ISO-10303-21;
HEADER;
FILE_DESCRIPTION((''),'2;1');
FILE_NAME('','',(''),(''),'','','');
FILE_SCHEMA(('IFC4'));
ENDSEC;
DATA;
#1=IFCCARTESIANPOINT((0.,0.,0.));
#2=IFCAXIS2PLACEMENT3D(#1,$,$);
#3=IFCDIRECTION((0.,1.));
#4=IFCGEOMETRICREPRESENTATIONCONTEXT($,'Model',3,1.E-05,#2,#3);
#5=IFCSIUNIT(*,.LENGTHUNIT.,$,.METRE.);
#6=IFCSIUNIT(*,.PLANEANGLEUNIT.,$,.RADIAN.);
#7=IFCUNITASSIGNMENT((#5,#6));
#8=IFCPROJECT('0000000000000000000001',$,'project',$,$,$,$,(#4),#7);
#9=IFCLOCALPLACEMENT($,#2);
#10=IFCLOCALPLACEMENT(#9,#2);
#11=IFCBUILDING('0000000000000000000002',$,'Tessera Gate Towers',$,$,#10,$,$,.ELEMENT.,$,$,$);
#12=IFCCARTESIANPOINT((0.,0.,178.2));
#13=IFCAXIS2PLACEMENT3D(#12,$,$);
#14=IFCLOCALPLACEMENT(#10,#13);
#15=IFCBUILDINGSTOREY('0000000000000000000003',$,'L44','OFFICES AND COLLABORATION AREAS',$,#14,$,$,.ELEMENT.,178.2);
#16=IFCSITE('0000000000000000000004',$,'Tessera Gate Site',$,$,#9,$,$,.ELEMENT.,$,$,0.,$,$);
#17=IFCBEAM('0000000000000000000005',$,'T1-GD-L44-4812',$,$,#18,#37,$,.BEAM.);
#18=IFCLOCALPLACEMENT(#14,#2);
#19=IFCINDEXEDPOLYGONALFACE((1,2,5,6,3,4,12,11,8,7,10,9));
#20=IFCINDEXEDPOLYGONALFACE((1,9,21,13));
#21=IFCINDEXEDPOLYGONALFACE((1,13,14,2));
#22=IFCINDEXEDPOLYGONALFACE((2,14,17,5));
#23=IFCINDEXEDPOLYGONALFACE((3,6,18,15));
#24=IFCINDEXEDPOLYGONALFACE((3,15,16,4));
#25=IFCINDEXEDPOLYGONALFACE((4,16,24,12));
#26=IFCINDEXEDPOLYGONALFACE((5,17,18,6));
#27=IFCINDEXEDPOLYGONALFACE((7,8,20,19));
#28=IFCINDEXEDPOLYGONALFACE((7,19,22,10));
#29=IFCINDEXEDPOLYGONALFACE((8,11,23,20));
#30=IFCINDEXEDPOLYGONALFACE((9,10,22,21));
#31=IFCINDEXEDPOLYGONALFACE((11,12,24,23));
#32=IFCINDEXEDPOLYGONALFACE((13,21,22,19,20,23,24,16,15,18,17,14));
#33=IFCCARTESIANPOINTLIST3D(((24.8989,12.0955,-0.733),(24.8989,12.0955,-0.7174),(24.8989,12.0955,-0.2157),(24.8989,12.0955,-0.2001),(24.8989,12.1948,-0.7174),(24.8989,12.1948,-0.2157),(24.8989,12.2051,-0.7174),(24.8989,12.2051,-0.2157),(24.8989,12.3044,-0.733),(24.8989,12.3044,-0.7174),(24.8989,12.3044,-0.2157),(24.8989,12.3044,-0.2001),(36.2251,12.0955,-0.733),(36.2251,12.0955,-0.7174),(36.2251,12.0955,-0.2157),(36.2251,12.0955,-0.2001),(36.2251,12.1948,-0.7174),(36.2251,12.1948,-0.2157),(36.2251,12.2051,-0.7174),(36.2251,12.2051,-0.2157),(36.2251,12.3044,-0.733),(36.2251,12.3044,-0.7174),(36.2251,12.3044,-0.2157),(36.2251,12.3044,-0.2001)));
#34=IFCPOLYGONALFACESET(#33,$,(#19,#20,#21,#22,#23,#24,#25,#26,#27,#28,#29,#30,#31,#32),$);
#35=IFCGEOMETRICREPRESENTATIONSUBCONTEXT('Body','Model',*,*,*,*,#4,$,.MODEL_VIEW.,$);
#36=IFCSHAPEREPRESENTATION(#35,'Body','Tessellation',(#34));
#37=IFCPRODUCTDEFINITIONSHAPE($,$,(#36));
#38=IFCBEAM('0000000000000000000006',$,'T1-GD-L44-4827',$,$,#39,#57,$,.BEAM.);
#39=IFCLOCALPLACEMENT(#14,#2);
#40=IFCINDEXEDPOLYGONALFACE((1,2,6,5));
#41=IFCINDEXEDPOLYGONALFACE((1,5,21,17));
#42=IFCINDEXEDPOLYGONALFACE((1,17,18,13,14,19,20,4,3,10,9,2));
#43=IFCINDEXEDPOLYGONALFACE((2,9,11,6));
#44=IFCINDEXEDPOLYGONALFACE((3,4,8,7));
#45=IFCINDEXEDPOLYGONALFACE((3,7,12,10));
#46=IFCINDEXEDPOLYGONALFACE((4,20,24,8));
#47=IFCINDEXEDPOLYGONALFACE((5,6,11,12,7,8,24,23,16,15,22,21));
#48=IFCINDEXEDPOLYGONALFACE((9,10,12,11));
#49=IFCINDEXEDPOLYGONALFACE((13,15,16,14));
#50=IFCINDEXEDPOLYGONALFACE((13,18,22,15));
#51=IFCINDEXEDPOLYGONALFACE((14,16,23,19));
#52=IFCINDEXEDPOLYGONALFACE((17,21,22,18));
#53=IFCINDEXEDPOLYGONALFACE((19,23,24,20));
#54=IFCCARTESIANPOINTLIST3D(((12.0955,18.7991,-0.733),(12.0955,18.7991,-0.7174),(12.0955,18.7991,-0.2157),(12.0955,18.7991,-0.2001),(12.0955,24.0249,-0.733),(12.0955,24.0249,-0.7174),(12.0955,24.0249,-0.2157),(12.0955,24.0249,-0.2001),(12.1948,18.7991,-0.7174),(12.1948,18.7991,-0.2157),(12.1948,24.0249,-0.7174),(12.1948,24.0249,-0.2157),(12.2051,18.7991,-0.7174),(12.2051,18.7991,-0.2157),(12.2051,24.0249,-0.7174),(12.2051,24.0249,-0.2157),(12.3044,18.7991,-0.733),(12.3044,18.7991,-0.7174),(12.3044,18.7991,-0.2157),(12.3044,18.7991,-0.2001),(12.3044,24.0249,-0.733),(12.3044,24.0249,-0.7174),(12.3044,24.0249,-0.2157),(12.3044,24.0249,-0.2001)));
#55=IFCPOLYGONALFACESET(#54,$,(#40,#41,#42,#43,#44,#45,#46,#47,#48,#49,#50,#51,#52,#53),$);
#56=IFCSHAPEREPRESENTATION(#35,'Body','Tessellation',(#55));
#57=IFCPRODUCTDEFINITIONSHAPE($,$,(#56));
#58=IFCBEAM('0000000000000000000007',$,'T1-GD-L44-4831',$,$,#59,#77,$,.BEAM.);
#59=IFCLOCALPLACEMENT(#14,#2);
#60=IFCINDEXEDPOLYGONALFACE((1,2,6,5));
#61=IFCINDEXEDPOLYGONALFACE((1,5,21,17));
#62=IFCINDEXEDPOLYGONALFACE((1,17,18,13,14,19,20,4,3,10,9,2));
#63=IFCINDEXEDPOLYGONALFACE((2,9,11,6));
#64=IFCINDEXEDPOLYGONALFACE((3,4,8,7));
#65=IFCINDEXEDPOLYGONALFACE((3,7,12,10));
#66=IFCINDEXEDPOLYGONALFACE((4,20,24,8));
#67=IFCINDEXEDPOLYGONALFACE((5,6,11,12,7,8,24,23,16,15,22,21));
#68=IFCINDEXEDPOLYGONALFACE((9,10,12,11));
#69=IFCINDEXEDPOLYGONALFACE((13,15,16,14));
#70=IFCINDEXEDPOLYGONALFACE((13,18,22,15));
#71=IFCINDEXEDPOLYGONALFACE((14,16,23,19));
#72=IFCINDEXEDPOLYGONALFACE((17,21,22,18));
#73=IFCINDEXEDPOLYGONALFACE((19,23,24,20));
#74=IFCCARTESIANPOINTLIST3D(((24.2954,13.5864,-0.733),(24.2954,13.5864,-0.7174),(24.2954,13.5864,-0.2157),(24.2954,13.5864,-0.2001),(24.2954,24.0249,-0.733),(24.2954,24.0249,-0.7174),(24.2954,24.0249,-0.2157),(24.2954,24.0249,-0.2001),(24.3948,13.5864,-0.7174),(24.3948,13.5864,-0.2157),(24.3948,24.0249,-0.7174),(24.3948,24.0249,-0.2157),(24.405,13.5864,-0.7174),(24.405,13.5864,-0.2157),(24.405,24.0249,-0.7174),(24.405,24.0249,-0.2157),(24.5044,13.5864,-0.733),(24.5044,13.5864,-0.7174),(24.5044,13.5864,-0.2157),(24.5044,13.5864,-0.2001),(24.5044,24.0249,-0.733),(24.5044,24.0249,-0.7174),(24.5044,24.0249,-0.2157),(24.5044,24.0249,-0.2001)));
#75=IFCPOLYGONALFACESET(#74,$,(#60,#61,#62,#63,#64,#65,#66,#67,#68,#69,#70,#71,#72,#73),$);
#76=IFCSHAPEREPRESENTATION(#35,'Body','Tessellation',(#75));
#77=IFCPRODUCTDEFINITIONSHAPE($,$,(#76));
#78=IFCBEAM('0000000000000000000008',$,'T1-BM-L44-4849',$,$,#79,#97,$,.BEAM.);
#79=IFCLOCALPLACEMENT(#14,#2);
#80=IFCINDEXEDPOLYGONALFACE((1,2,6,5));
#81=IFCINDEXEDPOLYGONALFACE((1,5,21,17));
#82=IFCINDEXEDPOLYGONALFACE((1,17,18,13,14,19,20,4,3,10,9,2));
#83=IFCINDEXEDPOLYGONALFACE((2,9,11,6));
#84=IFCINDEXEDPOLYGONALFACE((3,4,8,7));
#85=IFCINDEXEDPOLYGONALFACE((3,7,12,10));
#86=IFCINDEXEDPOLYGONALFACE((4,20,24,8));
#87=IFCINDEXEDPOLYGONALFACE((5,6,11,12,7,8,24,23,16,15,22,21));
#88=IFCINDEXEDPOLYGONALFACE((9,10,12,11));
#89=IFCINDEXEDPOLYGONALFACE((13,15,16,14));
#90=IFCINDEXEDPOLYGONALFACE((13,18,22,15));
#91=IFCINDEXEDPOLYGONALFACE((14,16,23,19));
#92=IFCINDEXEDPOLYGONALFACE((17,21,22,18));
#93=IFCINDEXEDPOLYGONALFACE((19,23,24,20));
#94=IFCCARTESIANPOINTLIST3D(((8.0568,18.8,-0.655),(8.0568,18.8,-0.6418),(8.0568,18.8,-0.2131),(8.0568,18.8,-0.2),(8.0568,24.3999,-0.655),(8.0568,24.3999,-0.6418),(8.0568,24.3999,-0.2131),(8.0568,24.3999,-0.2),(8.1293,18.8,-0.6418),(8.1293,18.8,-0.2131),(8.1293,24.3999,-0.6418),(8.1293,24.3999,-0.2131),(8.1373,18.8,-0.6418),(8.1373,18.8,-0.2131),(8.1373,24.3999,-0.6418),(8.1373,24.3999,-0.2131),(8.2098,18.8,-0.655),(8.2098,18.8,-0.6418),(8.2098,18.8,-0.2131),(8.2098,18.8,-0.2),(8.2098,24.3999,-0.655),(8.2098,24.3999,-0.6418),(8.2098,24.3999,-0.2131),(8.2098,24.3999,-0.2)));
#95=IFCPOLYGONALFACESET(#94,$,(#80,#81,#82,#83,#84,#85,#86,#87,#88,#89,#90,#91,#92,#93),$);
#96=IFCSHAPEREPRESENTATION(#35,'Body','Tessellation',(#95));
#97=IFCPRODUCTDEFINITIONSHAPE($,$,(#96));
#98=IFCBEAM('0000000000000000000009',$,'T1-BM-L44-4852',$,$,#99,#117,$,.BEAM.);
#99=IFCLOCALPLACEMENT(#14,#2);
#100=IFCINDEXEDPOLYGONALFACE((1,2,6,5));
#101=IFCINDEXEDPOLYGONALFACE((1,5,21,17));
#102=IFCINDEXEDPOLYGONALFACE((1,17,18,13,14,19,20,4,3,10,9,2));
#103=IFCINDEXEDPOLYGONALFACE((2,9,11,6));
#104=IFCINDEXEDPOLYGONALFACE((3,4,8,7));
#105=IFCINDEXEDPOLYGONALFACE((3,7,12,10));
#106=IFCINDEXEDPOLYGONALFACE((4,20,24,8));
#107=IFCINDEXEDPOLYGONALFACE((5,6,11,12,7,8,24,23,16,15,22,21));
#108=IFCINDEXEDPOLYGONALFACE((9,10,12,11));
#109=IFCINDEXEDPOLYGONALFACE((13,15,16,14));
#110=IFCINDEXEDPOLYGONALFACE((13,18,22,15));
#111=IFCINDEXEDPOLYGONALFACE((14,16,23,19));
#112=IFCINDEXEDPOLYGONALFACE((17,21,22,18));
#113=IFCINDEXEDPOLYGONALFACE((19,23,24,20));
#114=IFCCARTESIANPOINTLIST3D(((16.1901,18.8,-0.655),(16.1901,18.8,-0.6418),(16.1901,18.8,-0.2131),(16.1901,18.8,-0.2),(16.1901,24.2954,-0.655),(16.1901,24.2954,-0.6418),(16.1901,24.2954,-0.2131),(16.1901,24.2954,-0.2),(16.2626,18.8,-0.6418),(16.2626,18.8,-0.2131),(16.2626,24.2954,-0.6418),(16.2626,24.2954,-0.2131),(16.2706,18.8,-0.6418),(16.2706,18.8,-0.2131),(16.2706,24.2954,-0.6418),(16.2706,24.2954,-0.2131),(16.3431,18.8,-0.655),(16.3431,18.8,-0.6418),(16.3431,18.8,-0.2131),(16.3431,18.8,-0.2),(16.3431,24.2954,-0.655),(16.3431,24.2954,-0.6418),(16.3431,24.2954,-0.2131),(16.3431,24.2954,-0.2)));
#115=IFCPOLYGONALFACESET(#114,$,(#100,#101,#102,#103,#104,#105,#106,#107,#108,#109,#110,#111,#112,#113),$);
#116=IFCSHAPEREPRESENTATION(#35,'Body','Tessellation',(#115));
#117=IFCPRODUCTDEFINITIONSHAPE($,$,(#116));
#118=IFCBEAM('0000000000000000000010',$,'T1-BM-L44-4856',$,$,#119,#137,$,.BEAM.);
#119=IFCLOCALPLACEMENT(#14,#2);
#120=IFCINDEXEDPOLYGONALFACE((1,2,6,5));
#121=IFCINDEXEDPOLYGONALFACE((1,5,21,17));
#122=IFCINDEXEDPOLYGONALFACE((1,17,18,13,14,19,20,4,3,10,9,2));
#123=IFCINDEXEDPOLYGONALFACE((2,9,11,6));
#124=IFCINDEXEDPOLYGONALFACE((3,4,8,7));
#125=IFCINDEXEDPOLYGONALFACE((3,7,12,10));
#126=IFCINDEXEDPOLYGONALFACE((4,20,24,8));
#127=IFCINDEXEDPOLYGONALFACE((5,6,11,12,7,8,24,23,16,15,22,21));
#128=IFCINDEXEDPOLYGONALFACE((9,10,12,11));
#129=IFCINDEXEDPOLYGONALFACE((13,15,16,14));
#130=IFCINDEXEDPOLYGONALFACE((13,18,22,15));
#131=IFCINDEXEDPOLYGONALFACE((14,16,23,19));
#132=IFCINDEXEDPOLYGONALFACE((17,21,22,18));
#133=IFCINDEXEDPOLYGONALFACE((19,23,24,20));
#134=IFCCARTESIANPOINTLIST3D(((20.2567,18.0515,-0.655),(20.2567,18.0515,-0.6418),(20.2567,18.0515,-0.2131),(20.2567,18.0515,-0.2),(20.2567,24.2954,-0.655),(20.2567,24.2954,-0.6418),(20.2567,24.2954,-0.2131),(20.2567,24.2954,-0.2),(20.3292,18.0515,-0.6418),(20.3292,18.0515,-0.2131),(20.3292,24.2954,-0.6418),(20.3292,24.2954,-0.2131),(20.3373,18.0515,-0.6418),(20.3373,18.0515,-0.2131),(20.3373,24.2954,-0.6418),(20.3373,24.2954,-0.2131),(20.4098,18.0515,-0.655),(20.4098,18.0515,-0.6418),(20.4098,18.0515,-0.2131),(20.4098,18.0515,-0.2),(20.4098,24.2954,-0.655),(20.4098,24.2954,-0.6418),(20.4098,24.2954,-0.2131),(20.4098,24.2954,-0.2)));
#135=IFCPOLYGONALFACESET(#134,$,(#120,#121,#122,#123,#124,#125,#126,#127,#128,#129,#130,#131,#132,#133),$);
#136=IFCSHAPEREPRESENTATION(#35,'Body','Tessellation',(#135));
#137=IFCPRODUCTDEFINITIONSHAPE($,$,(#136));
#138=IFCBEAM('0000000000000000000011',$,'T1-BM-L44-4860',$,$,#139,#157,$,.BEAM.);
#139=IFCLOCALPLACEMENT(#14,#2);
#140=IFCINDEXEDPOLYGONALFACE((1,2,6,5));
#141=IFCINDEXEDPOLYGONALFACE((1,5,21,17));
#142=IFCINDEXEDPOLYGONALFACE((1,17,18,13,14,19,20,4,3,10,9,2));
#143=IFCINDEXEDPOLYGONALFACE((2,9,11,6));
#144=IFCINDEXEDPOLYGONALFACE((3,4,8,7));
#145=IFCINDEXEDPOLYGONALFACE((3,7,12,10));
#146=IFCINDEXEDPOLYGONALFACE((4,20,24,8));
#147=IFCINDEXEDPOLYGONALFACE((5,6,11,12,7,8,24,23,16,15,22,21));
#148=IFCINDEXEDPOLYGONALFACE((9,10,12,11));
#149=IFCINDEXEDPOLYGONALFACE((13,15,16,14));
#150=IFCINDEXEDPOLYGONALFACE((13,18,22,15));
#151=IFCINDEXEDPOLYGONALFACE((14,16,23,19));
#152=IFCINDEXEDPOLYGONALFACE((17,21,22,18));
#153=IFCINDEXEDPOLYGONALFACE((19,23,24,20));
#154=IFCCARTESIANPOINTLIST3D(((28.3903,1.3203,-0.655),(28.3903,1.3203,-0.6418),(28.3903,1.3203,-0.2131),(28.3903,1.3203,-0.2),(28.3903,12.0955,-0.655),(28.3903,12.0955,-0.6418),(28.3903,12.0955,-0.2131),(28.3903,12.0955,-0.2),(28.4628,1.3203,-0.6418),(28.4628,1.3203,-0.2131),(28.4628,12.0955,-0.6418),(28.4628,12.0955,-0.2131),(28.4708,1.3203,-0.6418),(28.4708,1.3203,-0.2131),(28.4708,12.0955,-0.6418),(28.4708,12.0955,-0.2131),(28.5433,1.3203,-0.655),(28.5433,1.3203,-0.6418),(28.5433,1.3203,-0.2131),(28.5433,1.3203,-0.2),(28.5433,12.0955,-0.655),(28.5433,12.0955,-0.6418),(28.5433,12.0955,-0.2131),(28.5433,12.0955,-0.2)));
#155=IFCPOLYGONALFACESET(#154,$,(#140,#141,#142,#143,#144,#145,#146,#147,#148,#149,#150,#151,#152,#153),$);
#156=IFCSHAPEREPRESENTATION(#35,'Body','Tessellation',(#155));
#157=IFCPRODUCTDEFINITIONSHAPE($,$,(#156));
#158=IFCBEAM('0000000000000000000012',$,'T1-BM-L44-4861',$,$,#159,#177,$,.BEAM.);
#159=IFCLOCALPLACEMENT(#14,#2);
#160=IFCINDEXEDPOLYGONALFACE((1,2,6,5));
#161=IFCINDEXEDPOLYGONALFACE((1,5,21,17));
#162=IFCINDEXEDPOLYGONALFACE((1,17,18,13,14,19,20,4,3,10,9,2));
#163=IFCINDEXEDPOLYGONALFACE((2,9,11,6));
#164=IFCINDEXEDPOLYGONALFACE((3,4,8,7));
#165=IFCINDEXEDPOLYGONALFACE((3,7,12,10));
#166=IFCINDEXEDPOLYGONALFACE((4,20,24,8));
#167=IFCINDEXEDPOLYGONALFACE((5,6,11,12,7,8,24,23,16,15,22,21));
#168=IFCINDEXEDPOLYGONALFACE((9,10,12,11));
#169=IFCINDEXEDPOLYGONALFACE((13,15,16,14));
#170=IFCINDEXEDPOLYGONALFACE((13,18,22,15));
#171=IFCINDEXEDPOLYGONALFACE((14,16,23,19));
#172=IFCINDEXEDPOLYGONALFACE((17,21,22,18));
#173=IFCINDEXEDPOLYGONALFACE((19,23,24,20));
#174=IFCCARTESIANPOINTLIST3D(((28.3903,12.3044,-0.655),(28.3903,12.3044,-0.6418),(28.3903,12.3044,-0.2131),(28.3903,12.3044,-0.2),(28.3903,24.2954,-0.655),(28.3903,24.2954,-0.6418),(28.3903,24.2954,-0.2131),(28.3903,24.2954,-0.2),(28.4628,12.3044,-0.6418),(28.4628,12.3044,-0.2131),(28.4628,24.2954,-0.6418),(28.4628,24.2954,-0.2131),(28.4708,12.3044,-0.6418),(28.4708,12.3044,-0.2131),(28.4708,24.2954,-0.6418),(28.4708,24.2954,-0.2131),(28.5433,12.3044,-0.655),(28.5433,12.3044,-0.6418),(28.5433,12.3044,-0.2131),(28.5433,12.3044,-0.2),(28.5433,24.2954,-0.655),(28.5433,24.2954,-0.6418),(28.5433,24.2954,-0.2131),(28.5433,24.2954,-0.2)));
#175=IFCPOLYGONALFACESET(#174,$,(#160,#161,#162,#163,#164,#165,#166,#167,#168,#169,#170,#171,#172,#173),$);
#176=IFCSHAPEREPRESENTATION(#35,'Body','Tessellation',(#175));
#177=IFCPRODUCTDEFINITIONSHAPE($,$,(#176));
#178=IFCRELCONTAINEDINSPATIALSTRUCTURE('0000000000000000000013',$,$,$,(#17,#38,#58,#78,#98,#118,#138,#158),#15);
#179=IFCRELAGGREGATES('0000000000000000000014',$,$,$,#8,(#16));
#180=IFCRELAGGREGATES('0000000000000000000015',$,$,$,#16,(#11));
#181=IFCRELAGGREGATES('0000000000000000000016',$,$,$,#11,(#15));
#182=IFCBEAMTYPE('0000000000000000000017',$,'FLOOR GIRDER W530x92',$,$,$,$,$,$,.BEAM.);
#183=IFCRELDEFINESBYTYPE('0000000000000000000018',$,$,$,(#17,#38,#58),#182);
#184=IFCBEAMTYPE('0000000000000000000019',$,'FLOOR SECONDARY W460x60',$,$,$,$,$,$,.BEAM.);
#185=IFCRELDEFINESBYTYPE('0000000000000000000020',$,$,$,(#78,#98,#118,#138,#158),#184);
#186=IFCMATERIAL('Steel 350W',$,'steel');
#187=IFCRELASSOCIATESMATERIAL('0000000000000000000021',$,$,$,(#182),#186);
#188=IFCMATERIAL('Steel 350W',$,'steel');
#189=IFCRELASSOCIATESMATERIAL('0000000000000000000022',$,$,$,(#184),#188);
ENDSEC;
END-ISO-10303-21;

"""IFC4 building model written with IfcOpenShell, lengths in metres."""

from ifc_helpers import new_model, si_unit, direction, frame, origin, origin_2d, place, context, subcontext, project, spatial, i_section, extrude, material, material_profile, profile_set, type_object, element, save


model = new_model("IFC4")

# Units and contexts
model_context = context("Model", 3, precision=1e-05, world=origin(), true_north=direction((0.0, 1.0)))
body_context = subcontext(model_context, "Body", "Model", "MODEL_VIEW")
ifc_project = project(units=[si_unit("LENGTHUNIT", "METRE"), si_unit("PLANEANGLEUNIT", "RADIAN")], contexts=[model_context])

# Site, building, storey
site_placement = place(None, origin())
site = spatial("IfcSite", under=ifc_project, at=site_placement, Name="Tessera Gate Site", CompositionType="ELEMENT", RefElevation=0.0)
building_placement = place(site_placement, origin())
building = spatial("IfcBuilding", under=site, at=building_placement, Name="Tessera Gate Towers", CompositionType="ELEMENT")
storey_placement = place(building_placement, frame((0.0, 0.0, 178.2)))
storey = spatial("IfcBuildingStorey", under=building, at=storey_placement, Name="L44", Description="OFFICES AND COLLABORATION AREAS", CompositionType="ELEMENT", Elevation=178.2)

# Beams
ifc_material_1 = material(Name="Steel 350W", Category="steel")
ifc_material_profile_1 = material_profile(ifc_material_1, i_section(OverallWidth=0.209, OverallDepth=0.533, WebThickness=0.0103, FlangeThickness=0.0156, at=origin_2d()), Name="W530x92")
ifc_profile_set_1 = profile_set([ifc_material_profile_1], Name="Steel 350W")
beam_type_1 = type_object("IfcBeamType", Name="FLOOR GIRDER W530x92", PredefinedType="BEAM", material=ifc_profile_set_1)
beam_1_placement = place(storey_placement, frame((24.8989, 12.2, -0.4666), z_axis=(1.0, 0.0, 0.0), x_axis=(0.0, 1.0, 0.0)))
element("IfcBeam", 1, at=beam_1_placement, inside=storey, type_object=beam_type_1, Name="T1-GD-L44-4812", PredefinedType="BEAM", context=body_context, shape_type="SweptSolid", body=[
    extrude(i_section(OverallWidth=0.209, OverallDepth=0.533, WebThickness=0.0103, FlangeThickness=0.0156, at=origin_2d()), origin(), (0.0, 0.0, 1.0), 11.3262),
])
beam_2_placement = place(storey_placement, frame((12.2, 18.7991, -0.4666), z_axis=(0.0, 1.0, 0.0), x_axis=(-1.0, 0.0, 0.0)))
element("IfcBeam", 2, at=beam_2_placement, inside=storey, type_object=beam_type_1, Name="T1-GD-L44-4827", PredefinedType="BEAM", context=body_context, shape_type="SweptSolid", body=[
    extrude(i_section(OverallWidth=0.209, OverallDepth=0.533, WebThickness=0.0103, FlangeThickness=0.0156, at=origin_2d()), origin(), (0.0, 0.0, 1.0), 5.2258),
])
beam_3_placement = place(storey_placement, frame((24.3999, 13.5864, -0.4666), z_axis=(0.0, 1.0, 0.0), x_axis=(-1.0, 0.0, 0.0)))
element("IfcBeam", 3, at=beam_3_placement, inside=storey, type_object=beam_type_1, Name="T1-GD-L44-4831", PredefinedType="BEAM", context=body_context, shape_type="SweptSolid", body=[
    extrude(i_section(OverallWidth=0.209, OverallDepth=0.533, WebThickness=0.0103, FlangeThickness=0.0156, at=origin_2d()), origin(), (0.0, 0.0, 1.0), 10.4385),
])
ifc_material_2 = material(Name="Steel 350W", Category="steel")
ifc_material_profile_2 = material_profile(ifc_material_2, i_section(OverallWidth=0.1531, OverallDepth=0.4551, WebThickness=0.0081, FlangeThickness=0.0132, at=origin_2d()), Name="W460x60")
ifc_profile_set_2 = profile_set([ifc_material_profile_2], Name="Steel 350W")
beam_type_2 = type_object("IfcBeamType", Name="FLOOR SECONDARY W460x60", PredefinedType="BEAM", material=ifc_profile_set_2)
beam_4_placement = place(storey_placement, frame((8.1333, 18.8, -0.4275), z_axis=(0.0, 1.0, 0.0), x_axis=(-1.0, 0.0, 0.0)))
element("IfcBeam", 4, at=beam_4_placement, inside=storey, type_object=beam_type_2, Name="T1-BM-L44-4849", PredefinedType="BEAM", context=body_context, shape_type="SweptSolid", body=[
    extrude(i_section(OverallWidth=0.1531, OverallDepth=0.4551, WebThickness=0.0081, FlangeThickness=0.0132, at=origin_2d()), origin(), (0.0, 0.0, 1.0), 5.5999),
])
beam_5_placement = place(storey_placement, frame((16.2666, 18.8, -0.4275), z_axis=(0.0, 1.0, 0.0), x_axis=(-1.0, 0.0, 0.0)))
element("IfcBeam", 5, at=beam_5_placement, inside=storey, type_object=beam_type_2, Name="T1-BM-L44-4852", PredefinedType="BEAM", context=body_context, shape_type="SweptSolid", body=[
    extrude(i_section(OverallWidth=0.1531, OverallDepth=0.4551, WebThickness=0.0081, FlangeThickness=0.0132, at=origin_2d()), origin(), (0.0, 0.0, 1.0), 5.4954),
])
beam_6_placement = place(storey_placement, frame((20.3333, 18.0515, -0.4275), z_axis=(0.0, 1.0, 0.0), x_axis=(-1.0, 0.0, 0.0)))
element("IfcBeam", 6, at=beam_6_placement, inside=storey, type_object=beam_type_2, Name="T1-BM-L44-4856", PredefinedType="BEAM", context=body_context, shape_type="SweptSolid", body=[
    extrude(i_section(OverallWidth=0.1531, OverallDepth=0.4551, WebThickness=0.0081, FlangeThickness=0.0132, at=origin_2d()), origin(), (0.0, 0.0, 1.0), 6.2439),
])
beam_7_placement = place(storey_placement, frame((28.4668, 1.3203, -0.4275), z_axis=(0.0, 1.0, 0.0), x_axis=(-1.0, 0.0, 0.0)))
element("IfcBeam", 7, at=beam_7_placement, inside=storey, type_object=beam_type_2, Name="T1-BM-L44-4860", PredefinedType="BEAM", context=body_context, shape_type="SweptSolid", body=[
    extrude(i_section(OverallWidth=0.1531, OverallDepth=0.4551, WebThickness=0.0081, FlangeThickness=0.0132, at=origin_2d()), origin(), (0.0, 0.0, 1.0), 10.7751),
])
beam_8_placement = place(storey_placement, frame((28.4668, 12.3044, -0.4275), z_axis=(0.0, 1.0, 0.0), x_axis=(-1.0, 0.0, 0.0)))
element("IfcBeam", 8, at=beam_8_placement, inside=storey, type_object=beam_type_2, Name="T1-BM-L44-4861", PredefinedType="BEAM", context=body_context, shape_type="SweptSolid", body=[
    extrude(i_section(OverallWidth=0.1531, OverallDepth=0.4551, WebThickness=0.0081, FlangeThickness=0.0132, at=origin_2d()), origin(), (0.0, 0.0, 1.0), 11.991),
])

save(model, "model.ifc")
